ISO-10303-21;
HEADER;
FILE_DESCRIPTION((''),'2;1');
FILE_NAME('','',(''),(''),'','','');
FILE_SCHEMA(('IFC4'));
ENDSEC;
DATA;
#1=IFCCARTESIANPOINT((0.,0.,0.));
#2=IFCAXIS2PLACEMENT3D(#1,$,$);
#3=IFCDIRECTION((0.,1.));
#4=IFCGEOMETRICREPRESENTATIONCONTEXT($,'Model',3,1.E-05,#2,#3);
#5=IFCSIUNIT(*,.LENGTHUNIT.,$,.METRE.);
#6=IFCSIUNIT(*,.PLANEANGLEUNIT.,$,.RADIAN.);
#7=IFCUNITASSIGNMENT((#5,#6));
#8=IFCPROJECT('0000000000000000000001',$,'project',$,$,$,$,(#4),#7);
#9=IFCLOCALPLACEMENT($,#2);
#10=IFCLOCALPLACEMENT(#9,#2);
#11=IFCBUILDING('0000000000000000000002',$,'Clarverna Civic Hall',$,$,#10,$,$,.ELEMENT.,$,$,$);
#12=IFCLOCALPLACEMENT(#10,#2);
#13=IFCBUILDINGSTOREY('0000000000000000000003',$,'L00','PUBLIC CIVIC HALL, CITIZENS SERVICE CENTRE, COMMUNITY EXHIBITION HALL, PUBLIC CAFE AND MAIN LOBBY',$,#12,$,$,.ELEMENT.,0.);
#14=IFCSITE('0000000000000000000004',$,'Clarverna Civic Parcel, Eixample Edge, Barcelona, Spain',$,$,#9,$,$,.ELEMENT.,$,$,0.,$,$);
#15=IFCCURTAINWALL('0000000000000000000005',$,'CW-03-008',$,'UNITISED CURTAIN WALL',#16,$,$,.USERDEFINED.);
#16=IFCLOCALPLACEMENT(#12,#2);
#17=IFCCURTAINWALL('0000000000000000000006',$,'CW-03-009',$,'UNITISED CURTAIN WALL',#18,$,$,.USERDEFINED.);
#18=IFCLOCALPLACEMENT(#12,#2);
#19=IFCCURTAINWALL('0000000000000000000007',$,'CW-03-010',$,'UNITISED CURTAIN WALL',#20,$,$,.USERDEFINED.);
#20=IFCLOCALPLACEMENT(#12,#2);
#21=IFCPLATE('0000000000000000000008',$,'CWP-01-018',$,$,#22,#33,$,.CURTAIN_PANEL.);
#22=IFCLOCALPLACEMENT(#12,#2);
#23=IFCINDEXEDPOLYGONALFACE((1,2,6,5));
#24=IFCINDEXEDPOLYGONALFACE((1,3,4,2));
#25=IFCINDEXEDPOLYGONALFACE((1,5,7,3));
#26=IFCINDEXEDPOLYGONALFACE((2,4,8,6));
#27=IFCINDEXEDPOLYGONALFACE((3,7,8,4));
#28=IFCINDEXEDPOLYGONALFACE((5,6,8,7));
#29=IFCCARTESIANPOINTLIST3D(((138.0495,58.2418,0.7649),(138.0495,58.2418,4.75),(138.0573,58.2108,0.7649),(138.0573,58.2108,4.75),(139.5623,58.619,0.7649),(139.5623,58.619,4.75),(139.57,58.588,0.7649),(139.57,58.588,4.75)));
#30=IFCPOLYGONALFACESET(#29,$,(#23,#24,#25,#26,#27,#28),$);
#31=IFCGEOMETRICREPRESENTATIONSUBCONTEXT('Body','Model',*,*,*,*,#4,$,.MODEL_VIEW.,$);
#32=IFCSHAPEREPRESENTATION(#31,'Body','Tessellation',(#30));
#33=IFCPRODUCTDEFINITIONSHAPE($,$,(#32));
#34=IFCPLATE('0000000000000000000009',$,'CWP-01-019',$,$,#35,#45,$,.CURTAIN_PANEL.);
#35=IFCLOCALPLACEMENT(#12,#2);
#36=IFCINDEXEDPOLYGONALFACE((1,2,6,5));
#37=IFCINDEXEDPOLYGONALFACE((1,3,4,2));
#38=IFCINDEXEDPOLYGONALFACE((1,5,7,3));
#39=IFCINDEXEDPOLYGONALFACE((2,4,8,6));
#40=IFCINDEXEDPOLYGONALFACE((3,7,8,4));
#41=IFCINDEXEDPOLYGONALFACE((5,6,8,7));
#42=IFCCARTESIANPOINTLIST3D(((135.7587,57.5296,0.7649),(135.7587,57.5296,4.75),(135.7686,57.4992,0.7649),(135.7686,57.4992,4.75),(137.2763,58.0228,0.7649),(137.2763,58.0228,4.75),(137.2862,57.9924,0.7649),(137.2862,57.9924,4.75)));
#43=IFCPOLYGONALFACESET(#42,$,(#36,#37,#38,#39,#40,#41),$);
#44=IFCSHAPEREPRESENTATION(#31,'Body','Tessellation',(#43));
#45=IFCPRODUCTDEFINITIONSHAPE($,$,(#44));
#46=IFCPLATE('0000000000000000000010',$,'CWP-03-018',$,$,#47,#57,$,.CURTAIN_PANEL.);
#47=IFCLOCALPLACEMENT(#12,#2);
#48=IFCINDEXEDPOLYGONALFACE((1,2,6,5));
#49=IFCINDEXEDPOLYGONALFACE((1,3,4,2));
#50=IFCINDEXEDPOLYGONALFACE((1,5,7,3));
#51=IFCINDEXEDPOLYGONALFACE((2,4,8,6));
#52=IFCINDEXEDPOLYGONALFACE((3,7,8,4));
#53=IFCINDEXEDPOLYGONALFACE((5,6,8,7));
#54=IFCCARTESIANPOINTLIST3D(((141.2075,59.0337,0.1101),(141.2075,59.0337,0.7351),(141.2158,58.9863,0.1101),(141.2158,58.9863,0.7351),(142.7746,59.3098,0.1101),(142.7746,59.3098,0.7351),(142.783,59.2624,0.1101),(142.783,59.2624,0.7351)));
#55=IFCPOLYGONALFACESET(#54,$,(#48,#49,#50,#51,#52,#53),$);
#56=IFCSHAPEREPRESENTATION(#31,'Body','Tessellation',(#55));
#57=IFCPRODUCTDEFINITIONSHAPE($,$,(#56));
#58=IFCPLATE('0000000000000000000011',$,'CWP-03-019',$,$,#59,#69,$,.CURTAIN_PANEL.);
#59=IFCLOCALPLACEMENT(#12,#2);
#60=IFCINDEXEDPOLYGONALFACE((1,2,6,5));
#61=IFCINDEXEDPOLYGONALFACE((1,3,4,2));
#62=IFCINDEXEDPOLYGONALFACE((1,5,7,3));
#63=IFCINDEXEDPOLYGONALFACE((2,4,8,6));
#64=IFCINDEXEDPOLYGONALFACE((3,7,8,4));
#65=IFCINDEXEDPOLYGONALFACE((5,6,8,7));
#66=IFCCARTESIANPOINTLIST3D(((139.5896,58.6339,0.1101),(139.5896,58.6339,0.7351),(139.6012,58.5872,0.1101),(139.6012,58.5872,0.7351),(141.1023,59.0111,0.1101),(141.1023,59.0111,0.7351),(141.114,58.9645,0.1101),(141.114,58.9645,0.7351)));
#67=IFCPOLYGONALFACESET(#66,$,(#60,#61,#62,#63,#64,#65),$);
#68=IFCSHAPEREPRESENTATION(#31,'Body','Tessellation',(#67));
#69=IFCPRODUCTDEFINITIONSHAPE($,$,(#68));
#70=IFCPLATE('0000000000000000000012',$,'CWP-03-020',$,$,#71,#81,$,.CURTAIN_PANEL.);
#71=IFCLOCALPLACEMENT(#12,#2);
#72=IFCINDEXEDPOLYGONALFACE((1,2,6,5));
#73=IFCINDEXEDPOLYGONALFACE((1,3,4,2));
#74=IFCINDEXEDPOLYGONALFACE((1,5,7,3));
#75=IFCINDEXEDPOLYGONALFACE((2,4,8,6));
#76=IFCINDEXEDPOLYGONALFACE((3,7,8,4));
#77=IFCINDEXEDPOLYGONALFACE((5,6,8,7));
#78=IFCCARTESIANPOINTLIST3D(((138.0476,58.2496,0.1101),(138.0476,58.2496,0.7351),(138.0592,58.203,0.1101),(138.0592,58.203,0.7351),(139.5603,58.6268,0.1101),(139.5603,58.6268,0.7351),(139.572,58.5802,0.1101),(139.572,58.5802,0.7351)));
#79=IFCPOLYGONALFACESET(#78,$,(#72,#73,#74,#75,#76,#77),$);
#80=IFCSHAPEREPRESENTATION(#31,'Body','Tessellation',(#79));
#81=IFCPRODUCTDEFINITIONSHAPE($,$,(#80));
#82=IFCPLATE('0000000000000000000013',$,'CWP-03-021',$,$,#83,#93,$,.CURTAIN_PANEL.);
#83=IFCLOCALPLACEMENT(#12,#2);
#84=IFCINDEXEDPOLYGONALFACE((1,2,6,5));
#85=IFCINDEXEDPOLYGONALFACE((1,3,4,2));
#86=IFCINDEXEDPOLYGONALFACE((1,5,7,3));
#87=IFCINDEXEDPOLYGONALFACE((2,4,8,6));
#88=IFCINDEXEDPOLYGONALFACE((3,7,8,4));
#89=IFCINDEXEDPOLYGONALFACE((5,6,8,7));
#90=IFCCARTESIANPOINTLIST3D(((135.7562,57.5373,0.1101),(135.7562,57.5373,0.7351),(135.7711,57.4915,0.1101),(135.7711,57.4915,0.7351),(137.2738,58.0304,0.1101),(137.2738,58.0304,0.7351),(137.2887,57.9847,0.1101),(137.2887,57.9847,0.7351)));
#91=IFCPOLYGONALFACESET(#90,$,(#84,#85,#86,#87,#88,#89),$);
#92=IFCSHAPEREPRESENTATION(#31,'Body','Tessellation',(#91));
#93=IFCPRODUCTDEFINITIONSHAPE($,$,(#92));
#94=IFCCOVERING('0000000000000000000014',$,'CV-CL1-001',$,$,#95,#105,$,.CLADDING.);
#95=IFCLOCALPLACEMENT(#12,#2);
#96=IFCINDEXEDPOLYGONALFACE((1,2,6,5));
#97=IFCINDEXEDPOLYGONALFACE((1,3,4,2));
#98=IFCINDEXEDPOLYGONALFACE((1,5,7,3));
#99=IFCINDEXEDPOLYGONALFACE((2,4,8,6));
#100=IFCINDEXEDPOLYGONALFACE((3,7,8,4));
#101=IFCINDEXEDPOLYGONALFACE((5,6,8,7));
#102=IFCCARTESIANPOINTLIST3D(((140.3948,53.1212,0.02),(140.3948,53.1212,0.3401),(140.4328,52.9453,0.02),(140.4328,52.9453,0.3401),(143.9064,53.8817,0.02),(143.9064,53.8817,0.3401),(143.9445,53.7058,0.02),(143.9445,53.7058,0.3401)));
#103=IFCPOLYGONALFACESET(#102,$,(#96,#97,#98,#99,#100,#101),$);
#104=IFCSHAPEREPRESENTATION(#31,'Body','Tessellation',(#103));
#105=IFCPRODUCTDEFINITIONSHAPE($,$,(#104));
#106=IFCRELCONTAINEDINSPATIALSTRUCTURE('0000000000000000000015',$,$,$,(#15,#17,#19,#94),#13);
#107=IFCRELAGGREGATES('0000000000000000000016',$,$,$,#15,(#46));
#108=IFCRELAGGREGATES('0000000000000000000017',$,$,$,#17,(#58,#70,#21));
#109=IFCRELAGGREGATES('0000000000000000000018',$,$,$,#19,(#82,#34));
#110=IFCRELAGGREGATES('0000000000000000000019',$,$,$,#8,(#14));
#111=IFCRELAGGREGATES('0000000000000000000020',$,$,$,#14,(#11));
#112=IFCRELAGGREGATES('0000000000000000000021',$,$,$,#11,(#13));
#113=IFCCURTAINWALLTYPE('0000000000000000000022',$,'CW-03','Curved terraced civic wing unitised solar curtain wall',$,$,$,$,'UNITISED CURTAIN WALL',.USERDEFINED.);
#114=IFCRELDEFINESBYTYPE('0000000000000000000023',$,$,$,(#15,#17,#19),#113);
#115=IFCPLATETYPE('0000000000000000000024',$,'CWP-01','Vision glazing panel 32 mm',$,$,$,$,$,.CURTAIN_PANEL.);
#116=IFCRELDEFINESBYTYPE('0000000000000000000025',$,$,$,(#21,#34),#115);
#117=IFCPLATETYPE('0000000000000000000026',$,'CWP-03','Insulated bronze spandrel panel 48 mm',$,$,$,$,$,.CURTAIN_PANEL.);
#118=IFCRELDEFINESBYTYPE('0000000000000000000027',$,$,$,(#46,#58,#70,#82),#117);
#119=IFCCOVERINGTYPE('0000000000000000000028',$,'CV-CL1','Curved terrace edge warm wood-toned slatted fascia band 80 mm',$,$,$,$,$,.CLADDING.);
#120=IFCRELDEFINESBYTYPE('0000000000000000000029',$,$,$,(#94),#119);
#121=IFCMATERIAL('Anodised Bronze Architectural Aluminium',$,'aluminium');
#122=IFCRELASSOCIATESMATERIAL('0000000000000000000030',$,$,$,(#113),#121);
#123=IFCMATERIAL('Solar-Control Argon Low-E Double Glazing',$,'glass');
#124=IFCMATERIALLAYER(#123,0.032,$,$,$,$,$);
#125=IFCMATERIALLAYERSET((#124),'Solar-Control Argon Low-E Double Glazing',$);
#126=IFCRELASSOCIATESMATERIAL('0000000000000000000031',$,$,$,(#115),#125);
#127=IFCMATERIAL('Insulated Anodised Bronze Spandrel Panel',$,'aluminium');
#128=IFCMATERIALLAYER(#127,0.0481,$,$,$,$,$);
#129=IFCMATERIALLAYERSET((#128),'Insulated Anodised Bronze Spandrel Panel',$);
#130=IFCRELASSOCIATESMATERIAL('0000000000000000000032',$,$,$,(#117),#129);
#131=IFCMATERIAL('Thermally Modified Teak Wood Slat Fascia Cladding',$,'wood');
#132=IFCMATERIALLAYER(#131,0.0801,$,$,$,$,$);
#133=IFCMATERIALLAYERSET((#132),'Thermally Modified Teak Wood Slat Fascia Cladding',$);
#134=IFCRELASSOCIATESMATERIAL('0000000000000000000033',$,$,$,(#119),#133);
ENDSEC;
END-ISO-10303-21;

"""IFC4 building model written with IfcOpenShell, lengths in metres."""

from ifc_helpers import new_model, si_unit, direction, frame, frame_2d, origin, place, context, subcontext, project, spatial, rectangle, extrude, material, layer, layer_set, type_object, element, aggregate, save


model = new_model("IFC4")

# Units and contexts
model_context = context("Model", 3, precision=1e-05, world=origin(), true_north=direction((0.0, 1.0)))
body_context = subcontext(model_context, "Body", "Model", "MODEL_VIEW")
ifc_project = project(units=[si_unit("LENGTHUNIT", "METRE"), si_unit("PLANEANGLEUNIT", "RADIAN")], contexts=[model_context])

# Site, building, storey
site_placement = place(None, origin())
site = spatial("IfcSite", under=ifc_project, at=site_placement, Name="Clarverna Civic Parcel, Eixample Edge, Barcelona, Spain", CompositionType="ELEMENT", RefElevation=0.0)
building_placement = place(site_placement, origin())
building = spatial("IfcBuilding", under=site, at=building_placement, Name="Clarverna Civic Hall", CompositionType="ELEMENT")
storey_placement = place(building_placement, origin())
storey = spatial("IfcBuildingStorey", under=building, at=storey_placement, Name="L00", Description="PUBLIC CIVIC HALL, CITIZENS SERVICE CENTRE, COMMUNITY EXHIBITION HALL, PUBLIC CAFE AND MAIN LOBBY", CompositionType="ELEMENT", Elevation=0.0)

# Curtain walls
ifc_material_1 = material(Name="Anodised Bronze Architectural Aluminium", Category="aluminium")
curtain_wall_type = type_object("IfcCurtainWallType", Name="CW-03", Description="Curved terraced civic wing unitised solar curtain wall", ElementType="UNITISED CURTAIN WALL", PredefinedType="USERDEFINED", material=ifc_material_1)
curtain_wall_1_placement = place(storey_placement, origin())
curtain_wall_1 = element("IfcCurtainWall", 1, at=curtain_wall_1_placement, inside=storey, type_object=curtain_wall_type, Name="CW-03-008", ObjectType="UNITISED CURTAIN WALL", PredefinedType="USERDEFINED")
curtain_wall_2_placement = place(storey_placement, origin())
curtain_wall_2 = element("IfcCurtainWall", 2, at=curtain_wall_2_placement, inside=storey, type_object=curtain_wall_type, Name="CW-03-009", ObjectType="UNITISED CURTAIN WALL", PredefinedType="USERDEFINED")

# Curtain wall
curtain_wall_3_placement = place(storey_placement, origin())
curtain_wall_3 = element("IfcCurtainWall", 3, at=curtain_wall_3_placement, inside=storey, type_object=curtain_wall_type, Name="CW-03-010", ObjectType="UNITISED CURTAIN WALL", PredefinedType="USERDEFINED")

# Plates
ifc_material_2 = material(Name="Solar-Control Argon Low-E Double Glazing", Category="glass")
ifc_layer_1 = layer(ifc_material_2, 0.032)
ifc_layer_set_1 = layer_set([ifc_layer_1], Name="Solar-Control Argon Low-E Double Glazing")
plate_type_1 = type_object("IfcPlateType", Name="CWP-01", Description="Vision glazing panel 32 mm", PredefinedType="CURTAIN_PANEL", material=ifc_layer_set_1)
plate_1_placement = place(storey_placement, frame((139.5662, 58.6035, 0.7649), z_axis=(0.0, 0.0, 1.0), x_axis=(-0.97029, -0.241946, 0.0)))
plate_1 = element("IfcPlate", 4, at=plate_1_placement, type_object=plate_type_1, Name="CWP-01-018", PredefinedType="CURTAIN_PANEL", context=body_context, shape_type="SweptSolid", body=[
    extrude(rectangle(XDim=1.5591, YDim=0.032, at=frame_2d((0.7795, 0.0))), origin(), (0.0, 0.0, 1.0), 3.9851),
])
plate_2_placement = place(storey_placement, frame((137.2812, 58.0076, 0.7649), z_axis=(0.0, 0.0, 1.0), x_axis=(-0.951043, -0.309058, 0.0)))
plate_2 = element("IfcPlate", 5, at=plate_2_placement, type_object=plate_type_1, Name="CWP-01-019", PredefinedType="CURTAIN_PANEL", context=body_context, shape_type="SweptSolid", body=[
    extrude(rectangle(XDim=1.5957, YDim=0.032, at=frame_2d((0.7979, 0.0))), origin(), (0.0, 0.0, 1.0), 3.9851),
])
ifc_material_3 = material(Name="Insulated Anodised Bronze Spandrel Panel", Category="aluminium")
ifc_layer_2 = layer(ifc_material_3, 0.0481)
ifc_layer_set_2 = layer_set([ifc_layer_2], Name="Insulated Anodised Bronze Spandrel Panel")
plate_type_2 = type_object("IfcPlateType", Name="CWP-03", Description="Insulated bronze spandrel panel 48 mm", PredefinedType="CURTAIN_PANEL", material=ifc_layer_set_2)
plate_3_placement = place(storey_placement, frame((142.7788, 59.2861, 0.1101), z_axis=(0.0, 0.0, 1.0), x_axis=(-0.98483, -0.173523, 0.0)))
plate_3 = element("IfcPlate", 6, at=plate_3_placement, type_object=plate_type_2, Name="CWP-03-018", PredefinedType="CURTAIN_PANEL", context=body_context, shape_type="SweptSolid", body=[
    extrude(rectangle(XDim=1.5913, YDim=0.0481, at=frame_2d((0.7957, 0.0))), origin(), (0.0, 0.0, 1.0), 0.625),
])
aggregate(curtain_wall_1, [plate_3])
plate_4_placement = place(storey_placement, frame((141.1082, 58.9878, 0.1101), z_axis=(0.0, 0.0, 1.0), x_axis=(-0.97029, -0.241946, 0.0)))
plate_4 = element("IfcPlate", 7, at=plate_4_placement, type_object=plate_type_2, Name="CWP-03-019", PredefinedType="CURTAIN_PANEL", context=body_context, shape_type="SweptSolid", body=[
    extrude(rectangle(XDim=1.5591, YDim=0.0481, at=frame_2d((0.7795, 0.0))), origin(), (0.0, 0.0, 1.0), 0.625),
])
plate_5_placement = place(storey_placement, frame((139.5662, 58.6035, 0.1101), z_axis=(0.0, 0.0, 1.0), x_axis=(-0.97029, -0.241946, 0.0)))
plate_5 = element("IfcPlate", 8, at=plate_5_placement, type_object=plate_type_2, Name="CWP-03-020", PredefinedType="CURTAIN_PANEL", context=body_context, shape_type="SweptSolid", body=[
    extrude(rectangle(XDim=1.5591, YDim=0.0481, at=frame_2d((0.7795, 0.0))), origin(), (0.0, 0.0, 1.0), 0.625),
])
aggregate(curtain_wall_2, [plate_4, plate_5, plate_1])
plate_6_placement = place(storey_placement, frame((137.2812, 58.0076, 0.1101), z_axis=(0.0, 0.0, 1.0), x_axis=(-0.951043, -0.309058, 0.0)))
plate_6 = element("IfcPlate", 9, at=plate_6_placement, type_object=plate_type_2, Name="CWP-03-021", PredefinedType="CURTAIN_PANEL", context=body_context, shape_type="SweptSolid", body=[
    extrude(rectangle(XDim=1.5957, YDim=0.0481, at=frame_2d((0.7979, 0.0))), origin(), (0.0, 0.0, 1.0), 0.625),
])
aggregate(curtain_wall_3, [plate_6, plate_2])

# Covering
ifc_material_4 = material(Name="Thermally Modified Teak Wood Slat Fascia Cladding", Category="wood")
ifc_layer_3 = layer(ifc_material_4, 0.0801)
ifc_layer_set_3 = layer_set([ifc_layer_3], Name="Thermally Modified Teak Wood Slat Fascia Cladding")
covering_type = type_object("IfcCoveringType", Name="CV-CL1", Description="Curved terrace edge warm wood-toned slatted fascia band 80 mm", PredefinedType="CLADDING", material=ifc_layer_set_3)
covering_placement = place(storey_placement, frame((143.9253, 53.7937, 0.02), z_axis=(0.0, 0.0, 1.0), x_axis=(-0.977345, -0.211654, 0.0)))
element("IfcCovering", 10, at=covering_placement, inside=storey, type_object=covering_type, Name="CV-CL1-001", PredefinedType="CLADDING", context=body_context, shape_type="SweptSolid", body=[
    extrude(rectangle(XDim=3.593, YDim=0.1799, at=frame_2d((1.7964, 0.0))), origin(), (0.0, 0.0, 1.0), 0.3201),
])

save(model, "model.ifc")
